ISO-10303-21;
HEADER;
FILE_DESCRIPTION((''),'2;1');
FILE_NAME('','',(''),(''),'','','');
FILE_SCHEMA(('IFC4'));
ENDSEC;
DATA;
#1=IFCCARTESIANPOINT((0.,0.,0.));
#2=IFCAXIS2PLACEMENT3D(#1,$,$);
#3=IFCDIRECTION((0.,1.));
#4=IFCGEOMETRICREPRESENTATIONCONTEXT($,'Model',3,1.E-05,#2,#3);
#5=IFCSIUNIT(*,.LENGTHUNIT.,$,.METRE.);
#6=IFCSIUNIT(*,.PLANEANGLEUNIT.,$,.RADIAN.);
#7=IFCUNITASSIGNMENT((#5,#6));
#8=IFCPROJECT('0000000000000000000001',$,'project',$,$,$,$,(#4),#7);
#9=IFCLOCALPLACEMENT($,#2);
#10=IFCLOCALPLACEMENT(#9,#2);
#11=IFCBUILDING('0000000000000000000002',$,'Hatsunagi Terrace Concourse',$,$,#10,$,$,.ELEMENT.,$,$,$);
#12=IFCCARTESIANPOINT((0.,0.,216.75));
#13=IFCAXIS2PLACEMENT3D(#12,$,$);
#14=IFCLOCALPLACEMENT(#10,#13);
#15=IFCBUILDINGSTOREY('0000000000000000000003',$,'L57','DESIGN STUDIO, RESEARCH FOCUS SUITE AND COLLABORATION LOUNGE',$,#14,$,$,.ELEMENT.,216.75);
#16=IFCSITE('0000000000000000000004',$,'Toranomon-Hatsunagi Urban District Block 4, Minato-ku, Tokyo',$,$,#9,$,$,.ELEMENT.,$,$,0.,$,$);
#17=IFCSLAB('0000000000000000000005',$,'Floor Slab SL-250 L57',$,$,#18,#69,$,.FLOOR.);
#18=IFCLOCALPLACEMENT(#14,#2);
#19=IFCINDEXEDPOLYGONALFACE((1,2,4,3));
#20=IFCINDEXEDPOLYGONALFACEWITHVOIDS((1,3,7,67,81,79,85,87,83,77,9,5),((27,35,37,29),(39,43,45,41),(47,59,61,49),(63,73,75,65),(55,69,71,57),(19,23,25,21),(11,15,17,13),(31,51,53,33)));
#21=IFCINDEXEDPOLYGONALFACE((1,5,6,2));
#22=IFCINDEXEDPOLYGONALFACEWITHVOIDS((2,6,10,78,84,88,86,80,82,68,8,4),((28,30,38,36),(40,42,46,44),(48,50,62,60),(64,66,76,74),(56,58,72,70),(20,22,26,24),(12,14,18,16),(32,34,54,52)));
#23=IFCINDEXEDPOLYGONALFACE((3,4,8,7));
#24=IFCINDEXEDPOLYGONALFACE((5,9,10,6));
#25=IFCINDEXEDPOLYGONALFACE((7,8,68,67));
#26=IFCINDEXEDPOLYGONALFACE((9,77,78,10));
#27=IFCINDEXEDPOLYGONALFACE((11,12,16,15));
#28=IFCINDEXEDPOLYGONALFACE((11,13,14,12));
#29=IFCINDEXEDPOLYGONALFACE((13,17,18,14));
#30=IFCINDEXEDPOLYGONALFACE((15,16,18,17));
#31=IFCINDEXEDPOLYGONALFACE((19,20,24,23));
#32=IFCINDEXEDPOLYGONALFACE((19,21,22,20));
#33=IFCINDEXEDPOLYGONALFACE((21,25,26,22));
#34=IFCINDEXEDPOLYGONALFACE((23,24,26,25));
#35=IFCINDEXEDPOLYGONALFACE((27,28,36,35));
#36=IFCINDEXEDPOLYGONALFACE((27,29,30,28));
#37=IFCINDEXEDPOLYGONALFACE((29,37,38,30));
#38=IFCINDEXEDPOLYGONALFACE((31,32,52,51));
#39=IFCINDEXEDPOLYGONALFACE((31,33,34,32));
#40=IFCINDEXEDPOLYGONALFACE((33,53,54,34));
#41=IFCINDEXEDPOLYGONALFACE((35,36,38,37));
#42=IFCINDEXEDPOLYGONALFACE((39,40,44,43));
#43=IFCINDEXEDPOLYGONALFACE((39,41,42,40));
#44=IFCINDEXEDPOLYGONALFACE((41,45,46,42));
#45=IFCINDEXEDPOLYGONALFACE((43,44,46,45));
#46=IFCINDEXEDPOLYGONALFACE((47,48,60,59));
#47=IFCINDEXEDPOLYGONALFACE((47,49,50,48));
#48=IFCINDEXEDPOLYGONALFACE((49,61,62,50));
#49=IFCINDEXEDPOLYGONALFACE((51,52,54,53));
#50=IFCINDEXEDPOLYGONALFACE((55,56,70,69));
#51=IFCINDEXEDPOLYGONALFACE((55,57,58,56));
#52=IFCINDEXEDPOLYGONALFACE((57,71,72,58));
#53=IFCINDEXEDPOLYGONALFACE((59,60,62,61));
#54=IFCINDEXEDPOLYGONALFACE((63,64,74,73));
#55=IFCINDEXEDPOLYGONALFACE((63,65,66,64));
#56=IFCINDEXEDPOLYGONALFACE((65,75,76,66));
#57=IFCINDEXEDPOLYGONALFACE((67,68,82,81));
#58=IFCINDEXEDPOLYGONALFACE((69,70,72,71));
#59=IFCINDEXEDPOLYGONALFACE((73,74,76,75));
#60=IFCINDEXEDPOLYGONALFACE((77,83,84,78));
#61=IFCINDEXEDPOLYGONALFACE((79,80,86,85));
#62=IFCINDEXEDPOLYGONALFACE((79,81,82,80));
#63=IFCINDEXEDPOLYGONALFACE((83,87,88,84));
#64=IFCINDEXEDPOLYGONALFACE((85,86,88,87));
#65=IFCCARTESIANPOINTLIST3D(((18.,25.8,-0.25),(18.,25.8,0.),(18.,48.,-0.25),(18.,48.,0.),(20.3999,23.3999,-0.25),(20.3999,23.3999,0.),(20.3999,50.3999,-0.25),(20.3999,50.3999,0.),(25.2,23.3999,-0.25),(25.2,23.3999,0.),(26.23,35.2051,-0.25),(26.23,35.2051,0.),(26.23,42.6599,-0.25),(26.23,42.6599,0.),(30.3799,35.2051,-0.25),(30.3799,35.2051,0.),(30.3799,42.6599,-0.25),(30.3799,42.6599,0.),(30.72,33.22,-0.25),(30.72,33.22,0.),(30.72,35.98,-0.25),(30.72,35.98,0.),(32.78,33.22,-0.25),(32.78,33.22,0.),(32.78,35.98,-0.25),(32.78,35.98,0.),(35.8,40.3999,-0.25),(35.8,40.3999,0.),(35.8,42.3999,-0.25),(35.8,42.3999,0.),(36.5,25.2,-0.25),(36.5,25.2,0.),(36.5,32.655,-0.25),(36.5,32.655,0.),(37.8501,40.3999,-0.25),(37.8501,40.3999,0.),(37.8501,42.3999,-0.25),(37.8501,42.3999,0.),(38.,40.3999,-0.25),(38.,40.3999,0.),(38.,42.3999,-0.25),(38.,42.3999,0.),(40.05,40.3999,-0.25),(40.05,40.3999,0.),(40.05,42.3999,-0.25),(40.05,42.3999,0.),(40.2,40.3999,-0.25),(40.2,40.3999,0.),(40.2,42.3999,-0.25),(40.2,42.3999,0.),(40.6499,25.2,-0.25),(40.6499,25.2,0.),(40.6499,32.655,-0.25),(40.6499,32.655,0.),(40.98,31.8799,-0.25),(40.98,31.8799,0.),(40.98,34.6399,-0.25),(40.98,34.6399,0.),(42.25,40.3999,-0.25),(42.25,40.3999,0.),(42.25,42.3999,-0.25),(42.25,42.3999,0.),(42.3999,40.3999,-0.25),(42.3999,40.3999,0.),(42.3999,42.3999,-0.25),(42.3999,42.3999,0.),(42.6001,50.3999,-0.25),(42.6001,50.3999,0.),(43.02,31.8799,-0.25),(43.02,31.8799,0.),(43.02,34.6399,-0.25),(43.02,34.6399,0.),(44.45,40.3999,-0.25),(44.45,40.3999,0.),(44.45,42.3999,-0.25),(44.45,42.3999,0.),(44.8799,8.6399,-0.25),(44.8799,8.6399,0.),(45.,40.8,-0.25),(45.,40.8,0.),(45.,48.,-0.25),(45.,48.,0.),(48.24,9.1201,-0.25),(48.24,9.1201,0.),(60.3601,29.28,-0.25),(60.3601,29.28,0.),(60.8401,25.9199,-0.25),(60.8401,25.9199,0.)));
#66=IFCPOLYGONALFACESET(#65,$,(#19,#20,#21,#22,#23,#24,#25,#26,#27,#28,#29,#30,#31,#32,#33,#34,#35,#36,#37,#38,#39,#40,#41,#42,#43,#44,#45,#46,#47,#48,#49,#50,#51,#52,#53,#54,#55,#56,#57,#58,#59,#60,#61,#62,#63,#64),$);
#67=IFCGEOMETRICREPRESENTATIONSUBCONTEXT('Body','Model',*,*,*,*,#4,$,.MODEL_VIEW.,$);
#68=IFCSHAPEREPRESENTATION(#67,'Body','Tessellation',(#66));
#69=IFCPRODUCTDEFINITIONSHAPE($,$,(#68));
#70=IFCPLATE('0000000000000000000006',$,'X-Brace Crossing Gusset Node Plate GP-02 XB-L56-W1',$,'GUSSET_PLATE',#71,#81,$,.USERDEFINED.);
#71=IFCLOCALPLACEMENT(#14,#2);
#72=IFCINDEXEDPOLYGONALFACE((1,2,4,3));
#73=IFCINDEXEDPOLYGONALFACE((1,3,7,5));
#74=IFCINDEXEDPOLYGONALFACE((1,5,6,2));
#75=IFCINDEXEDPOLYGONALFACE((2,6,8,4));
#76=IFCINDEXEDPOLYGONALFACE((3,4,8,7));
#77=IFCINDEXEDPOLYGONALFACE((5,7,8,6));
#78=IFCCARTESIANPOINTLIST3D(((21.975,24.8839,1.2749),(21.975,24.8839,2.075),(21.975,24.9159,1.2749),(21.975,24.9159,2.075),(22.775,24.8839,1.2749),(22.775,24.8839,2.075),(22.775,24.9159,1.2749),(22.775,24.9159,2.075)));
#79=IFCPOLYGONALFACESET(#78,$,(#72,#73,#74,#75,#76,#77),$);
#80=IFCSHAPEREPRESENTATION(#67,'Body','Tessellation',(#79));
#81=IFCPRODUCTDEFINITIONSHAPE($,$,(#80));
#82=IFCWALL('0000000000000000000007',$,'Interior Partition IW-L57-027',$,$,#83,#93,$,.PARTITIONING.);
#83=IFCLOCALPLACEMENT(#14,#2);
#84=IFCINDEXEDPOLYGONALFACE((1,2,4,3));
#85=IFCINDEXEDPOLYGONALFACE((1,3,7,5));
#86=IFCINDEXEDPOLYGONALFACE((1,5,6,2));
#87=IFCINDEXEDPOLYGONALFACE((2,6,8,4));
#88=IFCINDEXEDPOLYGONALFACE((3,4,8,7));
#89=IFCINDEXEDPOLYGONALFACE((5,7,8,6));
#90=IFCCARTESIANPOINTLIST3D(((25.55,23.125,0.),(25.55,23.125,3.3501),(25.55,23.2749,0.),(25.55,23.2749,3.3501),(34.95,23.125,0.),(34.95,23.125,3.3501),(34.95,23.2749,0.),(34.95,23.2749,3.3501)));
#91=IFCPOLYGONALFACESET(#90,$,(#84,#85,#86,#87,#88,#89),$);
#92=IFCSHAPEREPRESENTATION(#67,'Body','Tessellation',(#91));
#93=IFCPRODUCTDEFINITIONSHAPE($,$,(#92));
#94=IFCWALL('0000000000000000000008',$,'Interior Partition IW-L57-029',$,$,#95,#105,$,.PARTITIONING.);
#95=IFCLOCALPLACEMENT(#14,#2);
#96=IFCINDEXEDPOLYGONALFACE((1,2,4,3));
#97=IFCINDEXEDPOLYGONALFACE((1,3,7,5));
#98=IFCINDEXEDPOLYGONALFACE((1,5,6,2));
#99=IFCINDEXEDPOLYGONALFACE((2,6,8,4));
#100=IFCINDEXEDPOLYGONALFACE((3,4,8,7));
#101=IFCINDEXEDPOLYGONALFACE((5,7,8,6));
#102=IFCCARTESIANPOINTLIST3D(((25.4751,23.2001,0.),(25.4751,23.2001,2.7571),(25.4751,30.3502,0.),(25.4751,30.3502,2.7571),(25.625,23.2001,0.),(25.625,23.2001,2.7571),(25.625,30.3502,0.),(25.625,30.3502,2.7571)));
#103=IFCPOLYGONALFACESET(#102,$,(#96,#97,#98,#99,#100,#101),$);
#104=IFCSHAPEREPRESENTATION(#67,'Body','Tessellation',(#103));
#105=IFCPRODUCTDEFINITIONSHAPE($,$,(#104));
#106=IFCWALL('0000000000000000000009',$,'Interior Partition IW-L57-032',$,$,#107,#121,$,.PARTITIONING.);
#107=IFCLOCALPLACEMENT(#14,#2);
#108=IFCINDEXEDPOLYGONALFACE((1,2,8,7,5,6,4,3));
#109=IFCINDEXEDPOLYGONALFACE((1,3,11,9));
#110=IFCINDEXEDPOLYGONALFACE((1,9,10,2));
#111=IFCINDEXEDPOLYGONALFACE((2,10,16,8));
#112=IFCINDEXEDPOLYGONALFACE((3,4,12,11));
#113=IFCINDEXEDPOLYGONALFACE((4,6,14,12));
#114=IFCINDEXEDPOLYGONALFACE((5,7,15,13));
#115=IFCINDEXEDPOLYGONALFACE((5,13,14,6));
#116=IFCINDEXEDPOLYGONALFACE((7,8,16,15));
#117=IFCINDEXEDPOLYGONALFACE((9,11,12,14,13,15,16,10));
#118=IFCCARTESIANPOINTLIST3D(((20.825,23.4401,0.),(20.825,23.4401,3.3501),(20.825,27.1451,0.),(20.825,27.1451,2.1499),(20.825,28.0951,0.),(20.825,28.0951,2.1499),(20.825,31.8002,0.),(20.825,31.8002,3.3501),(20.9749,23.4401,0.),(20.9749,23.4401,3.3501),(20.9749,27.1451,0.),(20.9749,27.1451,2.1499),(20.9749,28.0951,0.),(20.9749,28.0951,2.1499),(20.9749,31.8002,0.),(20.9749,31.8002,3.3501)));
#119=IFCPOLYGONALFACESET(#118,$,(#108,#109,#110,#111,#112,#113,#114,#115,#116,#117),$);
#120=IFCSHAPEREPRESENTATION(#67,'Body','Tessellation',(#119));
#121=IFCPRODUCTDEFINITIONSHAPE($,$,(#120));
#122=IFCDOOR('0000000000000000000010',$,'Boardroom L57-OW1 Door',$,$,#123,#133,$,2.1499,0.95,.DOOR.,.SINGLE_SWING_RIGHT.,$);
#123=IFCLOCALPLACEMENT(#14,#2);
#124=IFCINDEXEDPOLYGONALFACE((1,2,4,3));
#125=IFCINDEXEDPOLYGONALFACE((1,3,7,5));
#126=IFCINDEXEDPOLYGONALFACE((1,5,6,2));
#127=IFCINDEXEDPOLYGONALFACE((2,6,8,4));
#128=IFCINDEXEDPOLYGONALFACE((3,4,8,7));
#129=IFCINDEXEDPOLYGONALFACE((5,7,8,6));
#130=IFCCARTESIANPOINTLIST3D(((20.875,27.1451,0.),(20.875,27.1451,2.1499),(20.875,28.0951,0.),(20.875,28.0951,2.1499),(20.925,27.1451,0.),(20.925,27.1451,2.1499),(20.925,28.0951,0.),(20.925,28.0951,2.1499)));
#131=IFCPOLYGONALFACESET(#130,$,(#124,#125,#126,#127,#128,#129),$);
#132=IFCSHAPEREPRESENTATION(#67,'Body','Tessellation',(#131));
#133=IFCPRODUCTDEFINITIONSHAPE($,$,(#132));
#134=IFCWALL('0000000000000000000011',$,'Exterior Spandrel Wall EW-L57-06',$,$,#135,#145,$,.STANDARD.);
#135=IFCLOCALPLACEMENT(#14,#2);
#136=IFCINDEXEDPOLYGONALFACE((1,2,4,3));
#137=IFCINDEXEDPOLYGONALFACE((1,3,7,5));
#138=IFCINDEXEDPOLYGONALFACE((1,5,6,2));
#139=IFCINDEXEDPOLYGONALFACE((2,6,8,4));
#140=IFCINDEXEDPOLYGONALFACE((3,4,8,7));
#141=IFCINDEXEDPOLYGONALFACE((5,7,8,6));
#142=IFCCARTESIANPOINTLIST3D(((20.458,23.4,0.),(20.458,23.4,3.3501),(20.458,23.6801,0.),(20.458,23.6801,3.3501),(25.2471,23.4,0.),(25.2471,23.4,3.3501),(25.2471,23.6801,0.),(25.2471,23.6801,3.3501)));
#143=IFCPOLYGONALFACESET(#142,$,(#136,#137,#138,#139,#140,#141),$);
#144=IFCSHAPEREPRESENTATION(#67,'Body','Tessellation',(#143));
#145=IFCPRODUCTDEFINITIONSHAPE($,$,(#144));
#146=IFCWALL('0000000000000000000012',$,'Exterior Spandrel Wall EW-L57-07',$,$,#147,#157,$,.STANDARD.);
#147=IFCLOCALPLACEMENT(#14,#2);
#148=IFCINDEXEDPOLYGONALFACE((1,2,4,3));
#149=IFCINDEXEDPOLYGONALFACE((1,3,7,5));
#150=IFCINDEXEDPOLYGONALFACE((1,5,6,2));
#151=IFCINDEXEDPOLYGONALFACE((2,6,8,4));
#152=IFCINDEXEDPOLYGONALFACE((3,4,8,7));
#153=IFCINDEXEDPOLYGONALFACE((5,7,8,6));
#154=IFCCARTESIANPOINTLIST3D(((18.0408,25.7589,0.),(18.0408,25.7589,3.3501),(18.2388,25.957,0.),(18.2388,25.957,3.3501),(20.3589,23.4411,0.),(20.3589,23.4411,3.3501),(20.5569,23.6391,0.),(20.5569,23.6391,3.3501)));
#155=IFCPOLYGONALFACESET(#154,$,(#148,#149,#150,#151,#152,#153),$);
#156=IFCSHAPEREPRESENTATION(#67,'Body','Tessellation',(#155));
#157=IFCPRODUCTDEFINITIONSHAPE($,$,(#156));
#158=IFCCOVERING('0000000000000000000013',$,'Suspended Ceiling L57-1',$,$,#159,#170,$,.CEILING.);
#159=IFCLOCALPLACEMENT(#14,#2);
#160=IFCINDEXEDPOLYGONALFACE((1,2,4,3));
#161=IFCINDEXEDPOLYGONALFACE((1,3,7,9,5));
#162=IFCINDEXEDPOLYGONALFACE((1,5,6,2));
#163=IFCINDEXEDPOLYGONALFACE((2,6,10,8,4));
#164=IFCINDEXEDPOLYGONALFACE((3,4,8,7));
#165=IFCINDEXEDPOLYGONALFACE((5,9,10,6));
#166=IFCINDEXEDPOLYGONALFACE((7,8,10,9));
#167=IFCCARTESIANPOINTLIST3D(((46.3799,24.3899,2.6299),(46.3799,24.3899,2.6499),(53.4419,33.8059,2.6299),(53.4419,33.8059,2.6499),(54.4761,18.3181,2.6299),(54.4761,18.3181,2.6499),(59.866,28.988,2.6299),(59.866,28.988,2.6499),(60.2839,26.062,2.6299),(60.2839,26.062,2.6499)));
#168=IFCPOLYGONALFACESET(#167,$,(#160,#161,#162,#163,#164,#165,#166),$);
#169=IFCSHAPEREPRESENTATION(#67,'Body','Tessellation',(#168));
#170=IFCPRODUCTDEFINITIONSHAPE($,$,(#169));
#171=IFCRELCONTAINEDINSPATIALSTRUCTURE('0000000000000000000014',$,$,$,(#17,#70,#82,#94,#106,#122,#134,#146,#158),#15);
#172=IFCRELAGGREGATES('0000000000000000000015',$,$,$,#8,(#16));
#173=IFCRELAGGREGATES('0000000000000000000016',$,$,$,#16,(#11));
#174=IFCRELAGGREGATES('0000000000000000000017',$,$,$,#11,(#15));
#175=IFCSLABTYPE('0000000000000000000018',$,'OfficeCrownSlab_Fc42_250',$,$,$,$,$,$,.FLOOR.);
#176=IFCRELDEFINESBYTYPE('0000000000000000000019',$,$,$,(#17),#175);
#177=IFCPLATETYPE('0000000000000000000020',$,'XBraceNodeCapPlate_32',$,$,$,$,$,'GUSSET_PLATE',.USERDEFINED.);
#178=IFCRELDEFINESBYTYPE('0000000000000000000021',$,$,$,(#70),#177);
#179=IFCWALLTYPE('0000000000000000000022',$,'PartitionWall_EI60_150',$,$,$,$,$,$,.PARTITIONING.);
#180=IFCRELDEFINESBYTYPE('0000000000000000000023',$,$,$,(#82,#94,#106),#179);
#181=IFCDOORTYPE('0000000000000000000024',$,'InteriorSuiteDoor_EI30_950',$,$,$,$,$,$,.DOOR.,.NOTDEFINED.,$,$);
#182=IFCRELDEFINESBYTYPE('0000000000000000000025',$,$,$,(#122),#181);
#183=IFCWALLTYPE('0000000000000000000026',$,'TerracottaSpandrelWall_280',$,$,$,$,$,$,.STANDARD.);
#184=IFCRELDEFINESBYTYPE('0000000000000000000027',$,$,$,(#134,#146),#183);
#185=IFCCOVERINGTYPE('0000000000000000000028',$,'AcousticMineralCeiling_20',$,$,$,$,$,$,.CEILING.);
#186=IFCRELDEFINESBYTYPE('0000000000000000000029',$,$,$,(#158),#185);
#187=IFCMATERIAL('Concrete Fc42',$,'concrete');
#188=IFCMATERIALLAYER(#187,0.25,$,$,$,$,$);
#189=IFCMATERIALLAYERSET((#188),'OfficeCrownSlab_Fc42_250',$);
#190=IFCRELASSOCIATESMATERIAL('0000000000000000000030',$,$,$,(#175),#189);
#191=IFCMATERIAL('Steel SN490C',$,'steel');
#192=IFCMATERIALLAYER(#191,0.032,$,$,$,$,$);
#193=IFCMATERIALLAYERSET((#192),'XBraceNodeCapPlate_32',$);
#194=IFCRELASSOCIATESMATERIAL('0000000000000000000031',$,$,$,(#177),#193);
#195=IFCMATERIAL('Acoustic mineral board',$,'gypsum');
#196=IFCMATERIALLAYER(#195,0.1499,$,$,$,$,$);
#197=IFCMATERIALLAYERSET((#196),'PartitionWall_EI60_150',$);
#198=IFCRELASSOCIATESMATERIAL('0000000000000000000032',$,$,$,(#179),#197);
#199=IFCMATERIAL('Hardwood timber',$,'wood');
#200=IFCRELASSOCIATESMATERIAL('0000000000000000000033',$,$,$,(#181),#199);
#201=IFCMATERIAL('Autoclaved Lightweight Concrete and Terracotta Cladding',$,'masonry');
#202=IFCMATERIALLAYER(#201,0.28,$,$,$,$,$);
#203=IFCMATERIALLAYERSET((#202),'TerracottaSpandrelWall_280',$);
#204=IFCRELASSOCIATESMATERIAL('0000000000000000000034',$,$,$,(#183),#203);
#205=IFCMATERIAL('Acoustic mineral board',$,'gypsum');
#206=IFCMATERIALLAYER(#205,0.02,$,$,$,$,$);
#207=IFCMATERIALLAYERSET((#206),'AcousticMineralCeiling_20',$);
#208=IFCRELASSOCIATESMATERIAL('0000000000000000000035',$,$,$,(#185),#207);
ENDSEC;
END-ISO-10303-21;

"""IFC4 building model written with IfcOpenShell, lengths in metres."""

from ifc_helpers import new_model, si_unit, direction, frame, frame_2d, origin, origin_2d, place, context, subcontext, project, spatial, polyline, rectangle, outline, extrude, material, layer, layer_set, type_object, element, fill, save


model = new_model("IFC4")

# Units and contexts
model_context = context("Model", 3, precision=1e-05, world=origin(), true_north=direction((0.0, 1.0)))
body_context = subcontext(model_context, "Body", "Model", "MODEL_VIEW")
ifc_project = project(units=[si_unit("LENGTHUNIT", "METRE"), si_unit("PLANEANGLEUNIT", "RADIAN")], contexts=[model_context])

# Site, building, storey
site_placement = place(None, origin())
site = spatial("IfcSite", under=ifc_project, at=site_placement, Name="Toranomon-Hatsunagi Urban District Block 4, Minato-ku, Tokyo", CompositionType="ELEMENT", RefElevation=0.0)
building_placement = place(site_placement, origin())
building = spatial("IfcBuilding", under=site, at=building_placement, Name="Hatsunagi Terrace Concourse", CompositionType="ELEMENT")
storey_placement = place(building_placement, frame((0.0, 0.0, 216.75)))
storey = spatial("IfcBuildingStorey", under=building, at=storey_placement, Name="L57", Description="DESIGN STUDIO, RESEARCH FOCUS SUITE AND COLLABORATION LOUNGE", CompositionType="ELEMENT", Elevation=216.75)

# Slab
ifc_material_1 = material(Name="Concrete Fc42", Category="concrete")
ifc_layer_1 = layer(ifc_material_1, 0.25)
ifc_layer_set_1 = layer_set([ifc_layer_1], Name="OfficeCrownSlab_Fc42_250")
slab_type_1 = type_object("IfcSlabType", Name="OfficeCrownSlab_Fc42_250", PredefinedType="FLOOR", material=ifc_layer_set_1)
slab_1_placement = place(storey_placement, frame((0.0, 0.0, -0.25)))
element("IfcSlab", 1, at=slab_1_placement, inside=storey, type_object=slab_type_1, Name="Floor Slab SL-250 L57", PredefinedType="FLOOR", context=body_context, shape_type="SweptSolid", body=[
    extrude(outline(polyline([(45.0, 40.8), (45.0, 48.0), (42.6001, 50.3999), (20.3999, 50.3999), (18.0, 48.0), (18.0, 25.8), (20.3999, 23.3999), (25.2, 23.3999), (44.8799, 8.6399), (48.24, 9.1201), (60.8401, 25.9199), (60.3601, 29.28), (45.0, 40.8)]), holes=[polyline([(26.23, 35.2051), (30.3799, 35.2051), (30.3799, 42.6599), (26.23, 42.6599), (26.23, 35.2051)]), polyline([(36.5, 25.2), (40.6499, 25.2), (40.6499, 32.655), (36.5, 32.655), (36.5, 25.2)]), polyline([(30.72, 33.22), (32.78, 33.22), (32.78, 35.98), (30.72, 35.98), (30.72, 33.22)]), polyline([(40.98, 31.8799), (43.02, 31.8799), (43.02, 34.6399), (40.98, 34.6399), (40.98, 31.8799)]), polyline([(35.8, 40.3999), (37.8501, 40.3999), (37.8501, 42.3999), (35.8, 42.3999), (35.8, 40.3999)]), polyline([(38.0, 40.3999), (40.05, 40.3999), (40.05, 42.3999), (38.0, 42.3999), (38.0, 40.3999)]), polyline([(40.2, 40.3999), (42.25, 40.3999), (42.25, 42.3999), (40.2, 42.3999), (40.2, 40.3999)]), polyline([(42.3999, 40.3999), (44.45, 40.3999), (44.45, 42.3999), (42.3999, 42.3999), (42.3999, 40.3999)])]), origin(), (0.0, 0.0, 1.0), 0.25),
])

# Plate
ifc_material_2 = material(Name="Steel SN490C", Category="steel")
ifc_layer_2 = layer(ifc_material_2, 0.032)
ifc_layer_set_2 = layer_set([ifc_layer_2], Name="XBraceNodeCapPlate_32")
plate_type = type_object("IfcPlateType", Name="XBraceNodeCapPlate_32", ElementType="GUSSET_PLATE", PredefinedType="USERDEFINED", material=ifc_layer_set_2)
plate_placement = place(storey_placement, frame((22.375, 24.8999, 1.2749), z_axis=(0.0, 0.0, 1.0), x_axis=(1.0, 0.0, 0.0)))
element("IfcPlate", 2, at=plate_placement, inside=storey, type_object=plate_type, Name="X-Brace Crossing Gusset Node Plate GP-02 XB-L56-W1", ObjectType="GUSSET_PLATE", PredefinedType="USERDEFINED", context=body_context, shape_type="SweptSolid", body=[
    extrude(rectangle(XDim=0.8, YDim=0.032, at=origin_2d()), origin(), (0.0, 0.0, 1.0), 0.8),
])

# Walls
ifc_material_3 = material(Name="Acoustic mineral board", Category="gypsum")
ifc_layer_3 = layer(ifc_material_3, 0.1499)
ifc_layer_set_3 = layer_set([ifc_layer_3], Name="PartitionWall_EI60_150")
wall_type_1 = type_object("IfcWallType", Name="PartitionWall_EI60_150", PredefinedType="PARTITIONING", material=ifc_layer_set_3)
wall_1_placement = place(storey_placement, frame((25.55, 23.2, 0.0), z_axis=(0.0, 0.0, 1.0), x_axis=(1.0, 0.0, 0.0)))
element("IfcWall", 3, at=wall_1_placement, inside=storey, type_object=wall_type_1, Name="Interior Partition IW-L57-027", PredefinedType="PARTITIONING", context=body_context, shape_type="SweptSolid", body=[
    extrude(rectangle(XDim=9.3999, YDim=0.1499, at=frame_2d((4.7, 0.0))), origin(), (0.0, 0.0, 1.0), 3.3501),
])
wall_2_placement = place(storey_placement, frame((25.55, 23.2, 0.0), z_axis=(0.0, 0.0, 1.0), x_axis=(0.0, 1.0, 0.0)))
element("IfcWall", 4, at=wall_2_placement, inside=storey, type_object=wall_type_1, Name="Interior Partition IW-L57-029", PredefinedType="PARTITIONING", context=body_context, shape_type="SweptSolid", body=[
    extrude(rectangle(XDim=7.1501, YDim=0.1499, at=frame_2d((3.5752, 0.0))), origin(), (0.0, 0.0, 1.0), 2.7571),
])

# Wall, opening, door
wall_3_placement = place(storey_placement, frame((20.8999, 23.4399, 0.0), z_axis=(0.0, 0.0, 1.0), x_axis=(0.0, 1.0, 0.0)))
wall_3 = element("IfcWall", 5, at=wall_3_placement, inside=storey, type_object=wall_type_1, Name="Interior Partition IW-L57-032", PredefinedType="PARTITIONING", context=body_context, shape_type="SweptSolid", body=[
    extrude(rectangle(XDim=8.3601, YDim=0.1499, at=frame_2d((4.1802, 0.0))), origin(), (0.0, 0.0, 1.0), 3.3501),
])
opening_placement = place(wall_3_placement, frame((3.7051, 0.0, 0.0)))
opening = element("IfcOpeningElement", 6, at=opening_placement, cuts=wall_3, PredefinedType="OPENING", context=body_context, shape_type="SweptSolid", body=[
    extrude(rectangle(XDim=0.95, YDim=2.1499, at=frame_2d((0.4751, 1.075))), frame((0.0, 0.085, 0.0), z_axis=(0.0, -1.0, 0.0), x_axis=(1.0, 0.0, 0.0)), (0.0, 0.0, 1.0), 0.1699),
])
ifc_material_4 = material(Name="Hardwood timber", Category="wood")
door_type = type_object("IfcDoorType", Name="InteriorSuiteDoor_EI30_950", OperationType="NOTDEFINED", PredefinedType="DOOR", material=ifc_material_4)
door_placement = place(opening_placement, origin())
door = element("IfcDoor", 7, at=door_placement, inside=storey, type_object=door_type, Name="Boardroom L57-OW1 Door", OperationType="SINGLE_SWING_RIGHT", OverallHeight=2.1499, OverallWidth=0.95, PredefinedType="DOOR", context=body_context, shape_type="SweptSolid", body=[
    extrude(rectangle(XDim=0.95, YDim=2.1499, at=frame_2d((0.4751, 1.075))), frame((0.0, 0.0249, 0.0), z_axis=(0.0, -1.0, 0.0), x_axis=(1.0, 0.0, 0.0)), (0.0, 0.0, 1.0), 0.05),
])
fill(opening, door)

# Walls
ifc_material_5 = material(Name="Autoclaved Lightweight Concrete and Terracotta Cladding", Category="masonry")
ifc_layer_4 = layer(ifc_material_5, 0.28)
ifc_layer_set_4 = layer_set([ifc_layer_4], Name="TerracottaSpandrelWall_280")
wall_type_2 = type_object("IfcWallType", Name="TerracottaSpandrelWall_280", PredefinedType="STANDARD", material=ifc_layer_set_4)
wall_4_placement = place(storey_placement, frame((25.2471, 23.54, 0.0), z_axis=(0.0, 0.0, 1.0), x_axis=(-1.0, 0.0, 0.0)))
element("IfcWall", 8, at=wall_4_placement, inside=storey, type_object=wall_type_2, Name="Exterior Spandrel Wall EW-L57-06", PredefinedType="STANDARD", context=body_context, shape_type="SweptSolid", body=[
    extrude(rectangle(XDim=4.7891, YDim=0.28, at=frame_2d((2.3945, 0.0))), origin(), (0.0, 0.0, 1.0), 3.3501),
])
wall_5_placement = place(storey_placement, frame((20.458, 23.54, 0.0), z_axis=(0.0, 0.0, 1.0), x_axis=(-0.707144, 0.70707, 0.0)))
element("IfcWall", 9, at=wall_5_placement, inside=storey, type_object=wall_type_2, Name="Exterior Spandrel Wall EW-L57-07", PredefinedType="STANDARD", context=body_context, shape_type="SweptSolid", body=[
    extrude(rectangle(XDim=3.2781, YDim=0.28, at=frame_2d((1.6392, 0.0))), origin(), (0.0, 0.0, 1.0), 3.3501),
])

# Covering
ifc_material_6 = material(Name="Acoustic mineral board", Category="gypsum")
ifc_layer_5 = layer(ifc_material_6, 0.02)
ifc_layer_set_5 = layer_set([ifc_layer_5], Name="AcousticMineralCeiling_20")
covering_type_1 = type_object("IfcCoveringType", Name="AcousticMineralCeiling_20", PredefinedType="CEILING", material=ifc_layer_set_5)
covering_1_placement = place(storey_placement, frame((0.0, 0.0, 2.6299)))
element("IfcCovering", 10, at=covering_1_placement, inside=storey, type_object=covering_type_1, Name="Suspended Ceiling L57-1", PredefinedType="CEILING", context=body_context, shape_type="SweptSolid", body=[
    extrude(outline(polyline([(59.866, 28.988), (53.4419, 33.8059), (46.3799, 24.3899), (54.4761, 18.3181), (60.2839, 26.062), (59.866, 28.988)])), origin(), (0.0, 0.0, 1.0), 0.02),
])

save(model, "model.ifc")
